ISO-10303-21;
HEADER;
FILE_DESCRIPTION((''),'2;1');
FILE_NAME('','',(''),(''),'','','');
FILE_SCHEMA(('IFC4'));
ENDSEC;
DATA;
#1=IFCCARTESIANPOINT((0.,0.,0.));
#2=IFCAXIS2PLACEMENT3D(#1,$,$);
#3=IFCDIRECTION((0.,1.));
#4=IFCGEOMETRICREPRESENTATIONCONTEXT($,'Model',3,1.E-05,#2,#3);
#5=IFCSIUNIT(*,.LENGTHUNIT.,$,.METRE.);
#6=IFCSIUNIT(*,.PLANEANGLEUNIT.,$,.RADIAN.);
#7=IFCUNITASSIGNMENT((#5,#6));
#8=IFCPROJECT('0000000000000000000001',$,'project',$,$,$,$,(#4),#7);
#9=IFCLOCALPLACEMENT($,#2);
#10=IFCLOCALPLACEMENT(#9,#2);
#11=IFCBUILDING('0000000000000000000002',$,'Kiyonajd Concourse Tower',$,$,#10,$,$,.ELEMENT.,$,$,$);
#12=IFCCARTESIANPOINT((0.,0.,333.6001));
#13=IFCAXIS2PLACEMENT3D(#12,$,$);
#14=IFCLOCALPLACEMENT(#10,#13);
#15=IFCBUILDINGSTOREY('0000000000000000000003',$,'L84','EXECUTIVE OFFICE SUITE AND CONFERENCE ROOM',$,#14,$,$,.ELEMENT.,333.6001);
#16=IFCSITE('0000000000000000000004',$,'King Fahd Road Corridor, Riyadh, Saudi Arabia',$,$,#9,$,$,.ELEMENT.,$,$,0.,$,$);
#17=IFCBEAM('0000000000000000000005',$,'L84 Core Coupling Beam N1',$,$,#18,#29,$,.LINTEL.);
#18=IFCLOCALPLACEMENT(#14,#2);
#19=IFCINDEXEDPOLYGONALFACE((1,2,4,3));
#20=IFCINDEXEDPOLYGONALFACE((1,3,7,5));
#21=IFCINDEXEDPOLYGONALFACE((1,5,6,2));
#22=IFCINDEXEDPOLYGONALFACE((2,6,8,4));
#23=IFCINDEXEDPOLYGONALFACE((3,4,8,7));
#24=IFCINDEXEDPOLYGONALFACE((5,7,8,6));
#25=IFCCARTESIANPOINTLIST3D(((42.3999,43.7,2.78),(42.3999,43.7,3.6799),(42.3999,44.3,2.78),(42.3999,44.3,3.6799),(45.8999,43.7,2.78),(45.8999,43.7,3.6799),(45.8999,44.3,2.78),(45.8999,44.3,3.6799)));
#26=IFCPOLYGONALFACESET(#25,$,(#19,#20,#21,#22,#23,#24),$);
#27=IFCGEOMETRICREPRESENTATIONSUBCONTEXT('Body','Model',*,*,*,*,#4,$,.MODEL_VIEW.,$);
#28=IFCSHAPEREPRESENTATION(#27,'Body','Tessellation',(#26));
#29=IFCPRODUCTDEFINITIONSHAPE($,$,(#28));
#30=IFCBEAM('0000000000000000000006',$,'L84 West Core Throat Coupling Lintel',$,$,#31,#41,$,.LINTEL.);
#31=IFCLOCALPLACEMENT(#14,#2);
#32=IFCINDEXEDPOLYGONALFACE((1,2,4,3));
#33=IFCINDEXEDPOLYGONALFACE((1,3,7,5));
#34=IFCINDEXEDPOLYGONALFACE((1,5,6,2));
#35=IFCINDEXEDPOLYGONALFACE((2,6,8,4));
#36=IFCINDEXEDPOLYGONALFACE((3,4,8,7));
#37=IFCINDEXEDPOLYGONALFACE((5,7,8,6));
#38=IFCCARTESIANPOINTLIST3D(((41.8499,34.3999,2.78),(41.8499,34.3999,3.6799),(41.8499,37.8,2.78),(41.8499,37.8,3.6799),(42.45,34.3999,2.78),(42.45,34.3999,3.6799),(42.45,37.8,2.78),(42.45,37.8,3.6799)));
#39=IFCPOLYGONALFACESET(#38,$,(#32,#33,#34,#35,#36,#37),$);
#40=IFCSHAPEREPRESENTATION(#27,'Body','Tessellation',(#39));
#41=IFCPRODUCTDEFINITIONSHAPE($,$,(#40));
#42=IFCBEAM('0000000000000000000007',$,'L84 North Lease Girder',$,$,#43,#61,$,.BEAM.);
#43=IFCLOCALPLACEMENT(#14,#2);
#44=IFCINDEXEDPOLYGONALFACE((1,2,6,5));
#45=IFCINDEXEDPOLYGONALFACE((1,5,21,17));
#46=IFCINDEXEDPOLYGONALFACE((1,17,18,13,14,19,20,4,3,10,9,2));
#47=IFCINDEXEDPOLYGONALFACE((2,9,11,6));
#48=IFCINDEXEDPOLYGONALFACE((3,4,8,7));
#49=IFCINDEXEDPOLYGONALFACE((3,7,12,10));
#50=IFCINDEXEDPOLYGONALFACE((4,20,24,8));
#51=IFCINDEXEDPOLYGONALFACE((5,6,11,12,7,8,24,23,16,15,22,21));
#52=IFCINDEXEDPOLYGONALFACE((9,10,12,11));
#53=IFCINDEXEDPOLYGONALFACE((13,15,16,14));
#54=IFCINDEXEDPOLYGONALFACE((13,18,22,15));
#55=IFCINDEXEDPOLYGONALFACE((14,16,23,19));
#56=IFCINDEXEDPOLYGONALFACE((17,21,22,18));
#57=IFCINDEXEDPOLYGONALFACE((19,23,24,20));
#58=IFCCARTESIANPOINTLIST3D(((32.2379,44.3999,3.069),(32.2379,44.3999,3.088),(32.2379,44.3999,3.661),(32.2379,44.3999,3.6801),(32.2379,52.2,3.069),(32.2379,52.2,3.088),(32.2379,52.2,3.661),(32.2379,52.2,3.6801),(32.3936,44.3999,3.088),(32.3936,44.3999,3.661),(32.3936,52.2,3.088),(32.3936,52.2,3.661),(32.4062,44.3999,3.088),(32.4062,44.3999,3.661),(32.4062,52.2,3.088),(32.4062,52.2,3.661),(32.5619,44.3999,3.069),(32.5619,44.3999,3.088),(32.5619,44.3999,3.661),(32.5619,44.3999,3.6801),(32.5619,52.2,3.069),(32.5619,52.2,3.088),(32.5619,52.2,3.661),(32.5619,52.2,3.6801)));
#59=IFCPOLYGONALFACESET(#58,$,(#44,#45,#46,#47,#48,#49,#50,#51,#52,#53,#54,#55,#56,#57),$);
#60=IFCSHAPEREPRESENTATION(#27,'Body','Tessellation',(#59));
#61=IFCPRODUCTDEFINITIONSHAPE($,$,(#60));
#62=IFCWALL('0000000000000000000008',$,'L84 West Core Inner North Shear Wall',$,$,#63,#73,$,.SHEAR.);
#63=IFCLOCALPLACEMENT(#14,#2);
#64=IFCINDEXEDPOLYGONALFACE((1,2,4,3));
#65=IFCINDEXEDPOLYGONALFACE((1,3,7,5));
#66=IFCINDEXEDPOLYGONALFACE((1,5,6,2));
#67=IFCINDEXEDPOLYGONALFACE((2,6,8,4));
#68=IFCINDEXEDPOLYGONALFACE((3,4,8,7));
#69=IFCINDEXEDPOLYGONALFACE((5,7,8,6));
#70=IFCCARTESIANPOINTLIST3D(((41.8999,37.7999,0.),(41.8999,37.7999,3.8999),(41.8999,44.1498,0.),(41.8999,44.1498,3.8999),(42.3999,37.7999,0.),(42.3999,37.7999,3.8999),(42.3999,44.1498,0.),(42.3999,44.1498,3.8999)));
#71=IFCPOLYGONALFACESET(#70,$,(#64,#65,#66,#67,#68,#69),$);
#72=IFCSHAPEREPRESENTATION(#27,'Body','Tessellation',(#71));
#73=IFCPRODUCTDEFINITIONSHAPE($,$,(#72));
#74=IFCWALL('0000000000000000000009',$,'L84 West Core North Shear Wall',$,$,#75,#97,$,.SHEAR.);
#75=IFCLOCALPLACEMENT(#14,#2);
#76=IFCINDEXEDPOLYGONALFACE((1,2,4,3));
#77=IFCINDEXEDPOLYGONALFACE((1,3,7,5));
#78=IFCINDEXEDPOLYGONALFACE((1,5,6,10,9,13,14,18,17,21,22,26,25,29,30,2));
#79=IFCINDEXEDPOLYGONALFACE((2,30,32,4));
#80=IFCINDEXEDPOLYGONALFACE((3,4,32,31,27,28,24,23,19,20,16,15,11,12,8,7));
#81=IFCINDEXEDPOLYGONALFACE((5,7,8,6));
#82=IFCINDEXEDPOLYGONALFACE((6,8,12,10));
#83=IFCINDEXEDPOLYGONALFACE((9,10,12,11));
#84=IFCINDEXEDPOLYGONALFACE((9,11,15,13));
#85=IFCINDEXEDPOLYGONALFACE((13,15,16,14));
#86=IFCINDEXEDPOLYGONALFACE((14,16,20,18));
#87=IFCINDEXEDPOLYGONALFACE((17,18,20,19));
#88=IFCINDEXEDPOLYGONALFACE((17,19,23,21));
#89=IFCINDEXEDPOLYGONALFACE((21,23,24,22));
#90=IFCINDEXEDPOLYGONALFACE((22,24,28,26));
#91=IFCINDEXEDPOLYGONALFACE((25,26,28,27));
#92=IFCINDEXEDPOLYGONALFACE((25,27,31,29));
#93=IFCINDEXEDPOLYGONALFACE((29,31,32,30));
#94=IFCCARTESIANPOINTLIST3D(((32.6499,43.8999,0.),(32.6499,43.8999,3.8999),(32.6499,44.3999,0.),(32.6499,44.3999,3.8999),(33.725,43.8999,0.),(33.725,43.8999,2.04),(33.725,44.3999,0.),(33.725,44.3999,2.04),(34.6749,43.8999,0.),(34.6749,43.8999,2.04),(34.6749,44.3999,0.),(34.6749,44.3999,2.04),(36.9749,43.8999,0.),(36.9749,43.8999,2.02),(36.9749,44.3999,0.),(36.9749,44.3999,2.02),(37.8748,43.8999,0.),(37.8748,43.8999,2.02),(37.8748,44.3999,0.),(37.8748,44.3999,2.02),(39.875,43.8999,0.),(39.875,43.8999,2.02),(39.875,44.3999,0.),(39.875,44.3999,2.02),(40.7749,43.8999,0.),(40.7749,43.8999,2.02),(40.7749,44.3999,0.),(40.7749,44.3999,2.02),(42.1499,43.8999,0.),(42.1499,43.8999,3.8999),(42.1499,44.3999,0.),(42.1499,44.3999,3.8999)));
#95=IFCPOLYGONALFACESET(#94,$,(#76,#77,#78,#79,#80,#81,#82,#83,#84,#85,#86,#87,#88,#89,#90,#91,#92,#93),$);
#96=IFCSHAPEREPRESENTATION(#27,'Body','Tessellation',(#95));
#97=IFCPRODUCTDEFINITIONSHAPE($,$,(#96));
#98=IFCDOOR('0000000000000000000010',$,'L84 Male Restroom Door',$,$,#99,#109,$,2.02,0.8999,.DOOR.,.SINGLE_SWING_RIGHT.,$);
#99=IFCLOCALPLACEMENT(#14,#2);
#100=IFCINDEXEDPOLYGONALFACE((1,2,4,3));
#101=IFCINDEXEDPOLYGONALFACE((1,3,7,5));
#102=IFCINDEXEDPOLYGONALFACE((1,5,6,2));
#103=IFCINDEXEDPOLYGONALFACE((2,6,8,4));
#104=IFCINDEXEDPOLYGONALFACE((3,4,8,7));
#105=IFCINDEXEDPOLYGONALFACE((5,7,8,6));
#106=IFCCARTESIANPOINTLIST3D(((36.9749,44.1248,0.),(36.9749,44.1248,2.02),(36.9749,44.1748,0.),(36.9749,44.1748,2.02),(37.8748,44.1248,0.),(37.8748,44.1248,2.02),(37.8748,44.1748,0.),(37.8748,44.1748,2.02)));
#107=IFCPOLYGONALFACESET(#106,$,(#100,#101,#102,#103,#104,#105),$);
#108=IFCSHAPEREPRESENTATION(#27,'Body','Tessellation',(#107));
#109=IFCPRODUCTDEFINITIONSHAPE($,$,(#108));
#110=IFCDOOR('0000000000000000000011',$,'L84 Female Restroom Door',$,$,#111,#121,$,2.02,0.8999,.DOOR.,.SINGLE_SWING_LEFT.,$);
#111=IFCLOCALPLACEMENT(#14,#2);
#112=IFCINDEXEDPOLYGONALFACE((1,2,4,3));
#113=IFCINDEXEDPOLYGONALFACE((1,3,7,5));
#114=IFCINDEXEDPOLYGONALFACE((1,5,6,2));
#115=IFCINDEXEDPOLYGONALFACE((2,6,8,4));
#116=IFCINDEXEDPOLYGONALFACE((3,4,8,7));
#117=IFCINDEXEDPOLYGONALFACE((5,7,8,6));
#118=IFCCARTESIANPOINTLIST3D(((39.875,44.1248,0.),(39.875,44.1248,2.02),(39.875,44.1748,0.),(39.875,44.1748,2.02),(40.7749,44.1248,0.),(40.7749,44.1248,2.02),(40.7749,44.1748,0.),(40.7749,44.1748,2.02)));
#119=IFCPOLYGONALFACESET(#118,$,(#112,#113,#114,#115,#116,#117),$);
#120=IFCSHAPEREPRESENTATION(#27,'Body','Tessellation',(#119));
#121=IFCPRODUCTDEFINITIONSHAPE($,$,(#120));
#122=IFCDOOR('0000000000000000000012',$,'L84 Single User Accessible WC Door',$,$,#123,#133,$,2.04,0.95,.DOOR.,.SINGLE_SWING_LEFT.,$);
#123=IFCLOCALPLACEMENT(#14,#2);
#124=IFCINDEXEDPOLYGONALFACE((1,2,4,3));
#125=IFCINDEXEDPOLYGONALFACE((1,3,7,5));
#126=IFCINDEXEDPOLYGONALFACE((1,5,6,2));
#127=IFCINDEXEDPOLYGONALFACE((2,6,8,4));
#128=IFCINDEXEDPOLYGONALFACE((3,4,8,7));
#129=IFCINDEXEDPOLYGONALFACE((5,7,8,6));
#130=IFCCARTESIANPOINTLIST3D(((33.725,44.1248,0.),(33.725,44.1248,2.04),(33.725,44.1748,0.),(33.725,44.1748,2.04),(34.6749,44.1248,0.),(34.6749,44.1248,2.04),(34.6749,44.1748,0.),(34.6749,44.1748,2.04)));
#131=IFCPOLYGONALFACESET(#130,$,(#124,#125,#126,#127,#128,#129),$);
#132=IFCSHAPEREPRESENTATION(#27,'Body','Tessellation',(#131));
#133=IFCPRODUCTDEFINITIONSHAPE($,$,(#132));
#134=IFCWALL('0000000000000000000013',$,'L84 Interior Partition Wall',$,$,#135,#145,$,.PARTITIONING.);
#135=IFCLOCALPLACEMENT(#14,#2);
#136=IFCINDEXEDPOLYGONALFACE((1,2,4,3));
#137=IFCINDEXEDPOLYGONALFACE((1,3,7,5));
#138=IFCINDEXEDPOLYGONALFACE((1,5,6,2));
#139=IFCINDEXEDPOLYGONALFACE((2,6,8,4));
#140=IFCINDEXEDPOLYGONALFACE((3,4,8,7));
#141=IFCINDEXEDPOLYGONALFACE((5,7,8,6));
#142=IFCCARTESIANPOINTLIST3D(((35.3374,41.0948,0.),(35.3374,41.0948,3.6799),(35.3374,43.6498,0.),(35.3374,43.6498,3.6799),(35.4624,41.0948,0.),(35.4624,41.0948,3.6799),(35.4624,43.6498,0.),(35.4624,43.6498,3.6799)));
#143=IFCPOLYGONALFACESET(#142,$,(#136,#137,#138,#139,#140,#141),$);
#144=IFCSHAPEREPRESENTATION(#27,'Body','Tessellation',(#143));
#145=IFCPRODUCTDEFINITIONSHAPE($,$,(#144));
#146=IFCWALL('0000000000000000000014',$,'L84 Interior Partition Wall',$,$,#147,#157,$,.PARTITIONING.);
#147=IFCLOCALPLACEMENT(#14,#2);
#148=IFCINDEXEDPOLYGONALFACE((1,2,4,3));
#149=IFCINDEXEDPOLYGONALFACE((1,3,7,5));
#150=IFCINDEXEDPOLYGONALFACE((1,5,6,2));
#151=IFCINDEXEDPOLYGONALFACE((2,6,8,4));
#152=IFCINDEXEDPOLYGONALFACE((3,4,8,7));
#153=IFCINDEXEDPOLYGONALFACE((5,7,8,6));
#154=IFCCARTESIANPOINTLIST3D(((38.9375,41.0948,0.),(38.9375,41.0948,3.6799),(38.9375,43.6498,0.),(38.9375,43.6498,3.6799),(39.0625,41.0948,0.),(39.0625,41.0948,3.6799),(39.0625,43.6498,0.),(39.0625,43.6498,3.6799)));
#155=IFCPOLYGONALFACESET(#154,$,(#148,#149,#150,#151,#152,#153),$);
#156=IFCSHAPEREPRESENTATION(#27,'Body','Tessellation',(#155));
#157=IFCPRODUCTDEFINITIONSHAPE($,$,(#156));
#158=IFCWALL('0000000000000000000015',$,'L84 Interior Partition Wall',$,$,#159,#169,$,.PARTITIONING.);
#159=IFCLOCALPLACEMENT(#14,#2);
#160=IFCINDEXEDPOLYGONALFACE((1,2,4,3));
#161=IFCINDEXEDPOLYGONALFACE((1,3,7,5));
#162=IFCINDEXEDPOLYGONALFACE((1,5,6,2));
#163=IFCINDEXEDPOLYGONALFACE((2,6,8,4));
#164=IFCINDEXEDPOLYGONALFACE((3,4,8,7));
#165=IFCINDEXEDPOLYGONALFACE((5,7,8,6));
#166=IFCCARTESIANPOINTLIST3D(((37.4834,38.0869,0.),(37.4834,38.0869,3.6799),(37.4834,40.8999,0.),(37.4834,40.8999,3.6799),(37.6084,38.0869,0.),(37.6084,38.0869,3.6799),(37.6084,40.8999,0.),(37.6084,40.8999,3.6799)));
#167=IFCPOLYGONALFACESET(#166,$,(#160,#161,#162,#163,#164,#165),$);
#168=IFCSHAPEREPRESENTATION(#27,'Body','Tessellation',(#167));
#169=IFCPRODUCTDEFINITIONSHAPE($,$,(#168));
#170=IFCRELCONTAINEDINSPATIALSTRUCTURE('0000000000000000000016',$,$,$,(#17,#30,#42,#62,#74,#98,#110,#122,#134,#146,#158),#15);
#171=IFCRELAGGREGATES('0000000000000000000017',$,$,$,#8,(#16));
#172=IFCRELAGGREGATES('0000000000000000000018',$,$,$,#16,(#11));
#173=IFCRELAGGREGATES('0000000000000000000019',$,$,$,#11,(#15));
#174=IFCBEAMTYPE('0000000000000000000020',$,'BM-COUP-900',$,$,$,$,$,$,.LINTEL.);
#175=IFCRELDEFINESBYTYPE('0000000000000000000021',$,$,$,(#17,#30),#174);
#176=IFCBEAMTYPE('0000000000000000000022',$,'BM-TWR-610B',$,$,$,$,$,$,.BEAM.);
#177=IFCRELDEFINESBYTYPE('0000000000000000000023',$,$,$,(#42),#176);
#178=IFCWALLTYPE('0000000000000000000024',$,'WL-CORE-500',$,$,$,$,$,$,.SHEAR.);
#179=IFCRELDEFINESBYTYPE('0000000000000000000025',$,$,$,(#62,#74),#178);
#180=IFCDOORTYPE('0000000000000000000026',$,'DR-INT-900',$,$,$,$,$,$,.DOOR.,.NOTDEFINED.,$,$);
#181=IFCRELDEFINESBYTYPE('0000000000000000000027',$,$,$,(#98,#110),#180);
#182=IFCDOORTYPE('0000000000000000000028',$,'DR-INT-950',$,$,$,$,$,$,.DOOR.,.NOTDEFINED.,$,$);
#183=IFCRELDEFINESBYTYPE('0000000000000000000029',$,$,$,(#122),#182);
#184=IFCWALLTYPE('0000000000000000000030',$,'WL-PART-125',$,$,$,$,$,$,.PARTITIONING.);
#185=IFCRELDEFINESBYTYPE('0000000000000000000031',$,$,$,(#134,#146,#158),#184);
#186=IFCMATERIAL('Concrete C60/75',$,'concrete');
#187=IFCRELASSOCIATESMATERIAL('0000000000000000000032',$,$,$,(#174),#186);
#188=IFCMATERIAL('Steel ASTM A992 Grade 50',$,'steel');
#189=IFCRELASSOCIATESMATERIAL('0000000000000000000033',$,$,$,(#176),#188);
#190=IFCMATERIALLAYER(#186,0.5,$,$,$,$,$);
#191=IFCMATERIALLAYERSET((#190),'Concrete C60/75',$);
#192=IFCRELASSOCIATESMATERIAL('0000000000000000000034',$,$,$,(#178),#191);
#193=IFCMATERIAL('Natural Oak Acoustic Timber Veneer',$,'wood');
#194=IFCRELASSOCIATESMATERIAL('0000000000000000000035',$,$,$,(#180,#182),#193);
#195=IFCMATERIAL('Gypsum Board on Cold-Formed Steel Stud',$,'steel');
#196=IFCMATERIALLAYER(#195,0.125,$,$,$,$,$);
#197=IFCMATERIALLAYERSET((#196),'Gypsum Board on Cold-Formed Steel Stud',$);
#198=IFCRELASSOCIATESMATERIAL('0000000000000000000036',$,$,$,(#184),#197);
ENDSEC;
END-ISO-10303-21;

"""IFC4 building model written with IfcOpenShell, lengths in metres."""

from ifc_helpers import new_model, si_unit, direction, frame, frame_2d, origin, origin_2d, place, context, subcontext, project, spatial, rectangle, i_section, extrude, material, layer, layer_set, material_profile, profile_set, type_object, element, fill, save


model = new_model("IFC4")

# Units and contexts
model_context = context("Model", 3, precision=1e-05, world=origin(), true_north=direction((0.0, 1.0)))
body_context = subcontext(model_context, "Body", "Model", "MODEL_VIEW")
ifc_project = project(units=[si_unit("LENGTHUNIT", "METRE"), si_unit("PLANEANGLEUNIT", "RADIAN")], contexts=[model_context])

# Site, building, storey
site_placement = place(None, origin())
site = spatial("IfcSite", under=ifc_project, at=site_placement, Name="King Fahd Road Corridor, Riyadh, Saudi Arabia", CompositionType="ELEMENT", RefElevation=0.0)
building_placement = place(site_placement, origin())
building = spatial("IfcBuilding", under=site, at=building_placement, Name="Kiyonajd Concourse Tower", CompositionType="ELEMENT")
storey_placement = place(building_placement, frame((0.0, 0.0, 333.6001)))
storey = spatial("IfcBuildingStorey", under=building, at=storey_placement, Name="L84", Description="EXECUTIVE OFFICE SUITE AND CONFERENCE ROOM", CompositionType="ELEMENT", Elevation=333.6001)

# Beams
ifc_material_1 = material(Name="Concrete C60/75", Category="concrete")
ifc_material_profile_1 = material_profile(ifc_material_1, rectangle(XDim=0.6001, YDim=0.8999, at=origin_2d()), Name="RCBM-600x900")
ifc_profile_set_1 = profile_set([ifc_material_profile_1], Name="Concrete C60/75")
beam_type_1 = type_object("IfcBeamType", Name="BM-COUP-900", PredefinedType="LINTEL", material=ifc_profile_set_1)
beam_1_placement = place(storey_placement, frame((42.3999, 44.0, 3.23), z_axis=(1.0, 0.0, 0.0), x_axis=(0.0, 1.0, 0.0)))
element("IfcBeam", 1, at=beam_1_placement, inside=storey, type_object=beam_type_1, Name="L84 Core Coupling Beam N1", PredefinedType="LINTEL", context=body_context, shape_type="SweptSolid", body=[
    extrude(rectangle(XDim=0.6001, YDim=0.8999, at=origin_2d()), origin(), (0.0, 0.0, 1.0), 3.5),
])
beam_2_placement = place(storey_placement, frame((42.1499, 34.3999, 3.23), z_axis=(0.0, 1.0, 0.0), x_axis=(-1.0, 0.0, 0.0)))
element("IfcBeam", 2, at=beam_2_placement, inside=storey, type_object=beam_type_1, Name="L84 West Core Throat Coupling Lintel", PredefinedType="LINTEL", context=body_context, shape_type="SweptSolid", body=[
    extrude(rectangle(XDim=0.6001, YDim=0.8999, at=origin_2d()), origin(), (0.0, 0.0, 1.0), 3.4001),
])
ifc_material_2 = material(Name="Steel ASTM A992 Grade 50", Category="steel")
ifc_material_profile_2 = material_profile(ifc_material_2, i_section(OverallWidth=0.324, OverallDepth=0.6111, WebThickness=0.0127, FlangeThickness=0.019, at=origin_2d()), Name="W610X155")
ifc_profile_set_2 = profile_set([ifc_material_profile_2], Name="Steel ASTM A992 Grade 50")
beam_type_2 = type_object("IfcBeamType", Name="BM-TWR-610B", PredefinedType="BEAM", material=ifc_profile_set_2)
beam_3_placement = place(storey_placement, frame((32.3999, 44.3999, 3.3745), z_axis=(0.0, 1.0, 0.0), x_axis=(-1.0, 0.0, 0.0)))
element("IfcBeam", 3, at=beam_3_placement, inside=storey, type_object=beam_type_2, Name="L84 North Lease Girder", PredefinedType="BEAM", context=body_context, shape_type="SweptSolid", body=[
    extrude(i_section(OverallWidth=0.324, OverallDepth=0.6111, WebThickness=0.0127, FlangeThickness=0.019, at=origin_2d()), origin(), (0.0, 0.0, 1.0), 7.8),
])

# Wall
ifc_layer_1 = layer(ifc_material_1, 0.5)
ifc_layer_set_1 = layer_set([ifc_layer_1], Name="Concrete C60/75")
wall_type_1 = type_object("IfcWallType", Name="WL-CORE-500", PredefinedType="SHEAR", material=ifc_layer_set_1)
wall_1_placement = place(storey_placement, frame((42.1499, 37.8, 0.0), z_axis=(0.0, 0.0, 1.0), x_axis=(0.0, 1.0, 0.0)))
element("IfcWall", 4, at=wall_1_placement, inside=storey, type_object=wall_type_1, Name="L84 West Core Inner North Shear Wall", PredefinedType="SHEAR", context=body_context, shape_type="SweptSolid", body=[
    extrude(rectangle(XDim=6.3499, YDim=0.5, at=frame_2d((3.1748, 0.0))), origin(), (0.0, 0.0, 1.0), 3.8999),
])

# Wall, openings, doors
wall_2_placement = place(storey_placement, frame((32.6499, 44.1499, 0.0), z_axis=(0.0, 0.0, 1.0), x_axis=(1.0, 0.0, 0.0)))
wall_2 = element("IfcWall", 5, at=wall_2_placement, inside=storey, type_object=wall_type_1, Name="L84 West Core North Shear Wall", PredefinedType="SHEAR", context=body_context, shape_type="SweptSolid", body=[
    extrude(rectangle(XDim=9.5, YDim=0.5, at=frame_2d((4.75, 0.0))), origin(), (0.0, 0.0, 1.0), 3.8999),
])
opening_1_placement = place(wall_2_placement, frame((1.075, 0.0, 0.0)))
opening_1 = element("IfcOpeningElement", 6, at=opening_1_placement, cuts=wall_2, PredefinedType="OPENING", context=body_context, shape_type="SweptSolid", body=[
    extrude(rectangle(XDim=0.95, YDim=2.04, at=frame_2d((0.4751, 1.02))), frame((0.0, 0.26, 0.0), z_axis=(0.0, -1.0, 0.0), x_axis=(1.0, 0.0, 0.0)), (0.0, 0.0, 1.0), 0.52),
])
opening_2_placement = place(wall_2_placement, frame((4.325, 0.0, 0.0)))
opening_2 = element("IfcOpeningElement", 7, at=opening_2_placement, cuts=wall_2, PredefinedType="OPENING", context=body_context, shape_type="SweptSolid", body=[
    extrude(rectangle(XDim=0.8999, YDim=2.02, at=frame_2d((0.45, 1.01))), frame((0.0, 0.26, 0.0), z_axis=(0.0, -1.0, 0.0), x_axis=(1.0, 0.0, 0.0)), (0.0, 0.0, 1.0), 0.52),
])
opening_3_placement = place(wall_2_placement, frame((7.2251, 0.0, 0.0)))
opening_3 = element("IfcOpeningElement", 8, at=opening_3_placement, cuts=wall_2, PredefinedType="OPENING", context=body_context, shape_type="SweptSolid", body=[
    extrude(rectangle(XDim=0.8999, YDim=2.02, at=frame_2d((0.45, 1.01))), frame((0.0, 0.26, 0.0), z_axis=(0.0, -1.0, 0.0), x_axis=(1.0, 0.0, 0.0)), (0.0, 0.0, 1.0), 0.52),
])
ifc_material_3 = material(Name="Natural Oak Acoustic Timber Veneer", Category="wood")
door_type_1 = type_object("IfcDoorType", Name="DR-INT-900", OperationType="NOTDEFINED", PredefinedType="DOOR", material=ifc_material_3)
door_1_placement = place(opening_2_placement, origin())
door_1 = element("IfcDoor", 9, at=door_1_placement, inside=storey, type_object=door_type_1, Name="L84 Male Restroom Door", OperationType="SINGLE_SWING_RIGHT", OverallHeight=2.02, OverallWidth=0.8999, PredefinedType="DOOR", context=body_context, shape_type="SweptSolid", body=[
    extrude(rectangle(XDim=0.8999, YDim=2.02, at=frame_2d((0.45, 1.01))), frame((0.0, 0.0249, 0.0), z_axis=(0.0, -1.0, 0.0), x_axis=(1.0, 0.0, 0.0)), (0.0, 0.0, 1.0), 0.05),
])
fill(opening_2, door_1)
door_2_placement = place(opening_3_placement, origin())
door_2 = element("IfcDoor", 10, at=door_2_placement, inside=storey, type_object=door_type_1, Name="L84 Female Restroom Door", OperationType="SINGLE_SWING_LEFT", OverallHeight=2.02, OverallWidth=0.8999, PredefinedType="DOOR", context=body_context, shape_type="SweptSolid", body=[
    extrude(rectangle(XDim=0.8999, YDim=2.02, at=frame_2d((0.45, 1.01))), frame((0.0, 0.0249, 0.0), z_axis=(0.0, -1.0, 0.0), x_axis=(1.0, 0.0, 0.0)), (0.0, 0.0, 1.0), 0.05),
])
fill(opening_3, door_2)
door_type_2 = type_object("IfcDoorType", Name="DR-INT-950", OperationType="NOTDEFINED", PredefinedType="DOOR", material=ifc_material_3)
door_3_placement = place(opening_1_placement, origin())
door_3 = element("IfcDoor", 11, at=door_3_placement, inside=storey, type_object=door_type_2, Name="L84 Single User Accessible WC Door", OperationType="SINGLE_SWING_LEFT", OverallHeight=2.04, OverallWidth=0.95, PredefinedType="DOOR", context=body_context, shape_type="SweptSolid", body=[
    extrude(rectangle(XDim=0.95, YDim=2.04, at=frame_2d((0.4751, 1.02))), frame((0.0, 0.0249, 0.0), z_axis=(0.0, -1.0, 0.0), x_axis=(1.0, 0.0, 0.0)), (0.0, 0.0, 1.0), 0.05),
])
fill(opening_1, door_3)

# Walls
ifc_material_4 = material(Name="Gypsum Board on Cold-Formed Steel Stud", Category="steel")
ifc_layer_2 = layer(ifc_material_4, 0.125)
ifc_layer_set_2 = layer_set([ifc_layer_2], Name="Gypsum Board on Cold-Formed Steel Stud")
wall_type_2 = type_object("IfcWallType", Name="WL-PART-125", PredefinedType="PARTITIONING", material=ifc_layer_set_2)
for number, where, z_axis, x_axis, name in (
    (12, (35.3999, 41.095, 0.0), (0.0, 0.0, 1.0), (0.0, 1.0, 0.0), "L84 Interior Partition Wall"),
    (13, (39.0, 41.095, 0.0), (0.0, 0.0, 1.0), (0.0, 1.0, 0.0), "L84 Interior Partition Wall"),
):
    element("IfcWall", number, at=place(storey_placement, frame(where, z_axis=z_axis, x_axis=x_axis)), inside=storey, type_object=wall_type_2, Name=name, PredefinedType="PARTITIONING", context=body_context, shape_type="SweptSolid", body=[
        extrude(rectangle(XDim=2.5549, YDim=0.125, at=frame_2d((1.2773, 0.0))), origin(), (0.0, 0.0, 1.0), 3.6799),
    ])
wall_3_placement = place(storey_placement, frame((37.5459, 38.0869, 0.0), z_axis=(0.0, 0.0, 1.0), x_axis=(0.0, 1.0, 0.0)))
element("IfcWall", 14, at=wall_3_placement, inside=storey, type_object=wall_type_2, Name="L84 Interior Partition Wall", PredefinedType="PARTITIONING", context=body_context, shape_type="SweptSolid", body=[
    extrude(rectangle(XDim=2.813, YDim=0.125, at=frame_2d((1.4065, 0.0))), origin(), (0.0, 0.0, 1.0), 3.6799),
])

save(model, "model.ifc")
